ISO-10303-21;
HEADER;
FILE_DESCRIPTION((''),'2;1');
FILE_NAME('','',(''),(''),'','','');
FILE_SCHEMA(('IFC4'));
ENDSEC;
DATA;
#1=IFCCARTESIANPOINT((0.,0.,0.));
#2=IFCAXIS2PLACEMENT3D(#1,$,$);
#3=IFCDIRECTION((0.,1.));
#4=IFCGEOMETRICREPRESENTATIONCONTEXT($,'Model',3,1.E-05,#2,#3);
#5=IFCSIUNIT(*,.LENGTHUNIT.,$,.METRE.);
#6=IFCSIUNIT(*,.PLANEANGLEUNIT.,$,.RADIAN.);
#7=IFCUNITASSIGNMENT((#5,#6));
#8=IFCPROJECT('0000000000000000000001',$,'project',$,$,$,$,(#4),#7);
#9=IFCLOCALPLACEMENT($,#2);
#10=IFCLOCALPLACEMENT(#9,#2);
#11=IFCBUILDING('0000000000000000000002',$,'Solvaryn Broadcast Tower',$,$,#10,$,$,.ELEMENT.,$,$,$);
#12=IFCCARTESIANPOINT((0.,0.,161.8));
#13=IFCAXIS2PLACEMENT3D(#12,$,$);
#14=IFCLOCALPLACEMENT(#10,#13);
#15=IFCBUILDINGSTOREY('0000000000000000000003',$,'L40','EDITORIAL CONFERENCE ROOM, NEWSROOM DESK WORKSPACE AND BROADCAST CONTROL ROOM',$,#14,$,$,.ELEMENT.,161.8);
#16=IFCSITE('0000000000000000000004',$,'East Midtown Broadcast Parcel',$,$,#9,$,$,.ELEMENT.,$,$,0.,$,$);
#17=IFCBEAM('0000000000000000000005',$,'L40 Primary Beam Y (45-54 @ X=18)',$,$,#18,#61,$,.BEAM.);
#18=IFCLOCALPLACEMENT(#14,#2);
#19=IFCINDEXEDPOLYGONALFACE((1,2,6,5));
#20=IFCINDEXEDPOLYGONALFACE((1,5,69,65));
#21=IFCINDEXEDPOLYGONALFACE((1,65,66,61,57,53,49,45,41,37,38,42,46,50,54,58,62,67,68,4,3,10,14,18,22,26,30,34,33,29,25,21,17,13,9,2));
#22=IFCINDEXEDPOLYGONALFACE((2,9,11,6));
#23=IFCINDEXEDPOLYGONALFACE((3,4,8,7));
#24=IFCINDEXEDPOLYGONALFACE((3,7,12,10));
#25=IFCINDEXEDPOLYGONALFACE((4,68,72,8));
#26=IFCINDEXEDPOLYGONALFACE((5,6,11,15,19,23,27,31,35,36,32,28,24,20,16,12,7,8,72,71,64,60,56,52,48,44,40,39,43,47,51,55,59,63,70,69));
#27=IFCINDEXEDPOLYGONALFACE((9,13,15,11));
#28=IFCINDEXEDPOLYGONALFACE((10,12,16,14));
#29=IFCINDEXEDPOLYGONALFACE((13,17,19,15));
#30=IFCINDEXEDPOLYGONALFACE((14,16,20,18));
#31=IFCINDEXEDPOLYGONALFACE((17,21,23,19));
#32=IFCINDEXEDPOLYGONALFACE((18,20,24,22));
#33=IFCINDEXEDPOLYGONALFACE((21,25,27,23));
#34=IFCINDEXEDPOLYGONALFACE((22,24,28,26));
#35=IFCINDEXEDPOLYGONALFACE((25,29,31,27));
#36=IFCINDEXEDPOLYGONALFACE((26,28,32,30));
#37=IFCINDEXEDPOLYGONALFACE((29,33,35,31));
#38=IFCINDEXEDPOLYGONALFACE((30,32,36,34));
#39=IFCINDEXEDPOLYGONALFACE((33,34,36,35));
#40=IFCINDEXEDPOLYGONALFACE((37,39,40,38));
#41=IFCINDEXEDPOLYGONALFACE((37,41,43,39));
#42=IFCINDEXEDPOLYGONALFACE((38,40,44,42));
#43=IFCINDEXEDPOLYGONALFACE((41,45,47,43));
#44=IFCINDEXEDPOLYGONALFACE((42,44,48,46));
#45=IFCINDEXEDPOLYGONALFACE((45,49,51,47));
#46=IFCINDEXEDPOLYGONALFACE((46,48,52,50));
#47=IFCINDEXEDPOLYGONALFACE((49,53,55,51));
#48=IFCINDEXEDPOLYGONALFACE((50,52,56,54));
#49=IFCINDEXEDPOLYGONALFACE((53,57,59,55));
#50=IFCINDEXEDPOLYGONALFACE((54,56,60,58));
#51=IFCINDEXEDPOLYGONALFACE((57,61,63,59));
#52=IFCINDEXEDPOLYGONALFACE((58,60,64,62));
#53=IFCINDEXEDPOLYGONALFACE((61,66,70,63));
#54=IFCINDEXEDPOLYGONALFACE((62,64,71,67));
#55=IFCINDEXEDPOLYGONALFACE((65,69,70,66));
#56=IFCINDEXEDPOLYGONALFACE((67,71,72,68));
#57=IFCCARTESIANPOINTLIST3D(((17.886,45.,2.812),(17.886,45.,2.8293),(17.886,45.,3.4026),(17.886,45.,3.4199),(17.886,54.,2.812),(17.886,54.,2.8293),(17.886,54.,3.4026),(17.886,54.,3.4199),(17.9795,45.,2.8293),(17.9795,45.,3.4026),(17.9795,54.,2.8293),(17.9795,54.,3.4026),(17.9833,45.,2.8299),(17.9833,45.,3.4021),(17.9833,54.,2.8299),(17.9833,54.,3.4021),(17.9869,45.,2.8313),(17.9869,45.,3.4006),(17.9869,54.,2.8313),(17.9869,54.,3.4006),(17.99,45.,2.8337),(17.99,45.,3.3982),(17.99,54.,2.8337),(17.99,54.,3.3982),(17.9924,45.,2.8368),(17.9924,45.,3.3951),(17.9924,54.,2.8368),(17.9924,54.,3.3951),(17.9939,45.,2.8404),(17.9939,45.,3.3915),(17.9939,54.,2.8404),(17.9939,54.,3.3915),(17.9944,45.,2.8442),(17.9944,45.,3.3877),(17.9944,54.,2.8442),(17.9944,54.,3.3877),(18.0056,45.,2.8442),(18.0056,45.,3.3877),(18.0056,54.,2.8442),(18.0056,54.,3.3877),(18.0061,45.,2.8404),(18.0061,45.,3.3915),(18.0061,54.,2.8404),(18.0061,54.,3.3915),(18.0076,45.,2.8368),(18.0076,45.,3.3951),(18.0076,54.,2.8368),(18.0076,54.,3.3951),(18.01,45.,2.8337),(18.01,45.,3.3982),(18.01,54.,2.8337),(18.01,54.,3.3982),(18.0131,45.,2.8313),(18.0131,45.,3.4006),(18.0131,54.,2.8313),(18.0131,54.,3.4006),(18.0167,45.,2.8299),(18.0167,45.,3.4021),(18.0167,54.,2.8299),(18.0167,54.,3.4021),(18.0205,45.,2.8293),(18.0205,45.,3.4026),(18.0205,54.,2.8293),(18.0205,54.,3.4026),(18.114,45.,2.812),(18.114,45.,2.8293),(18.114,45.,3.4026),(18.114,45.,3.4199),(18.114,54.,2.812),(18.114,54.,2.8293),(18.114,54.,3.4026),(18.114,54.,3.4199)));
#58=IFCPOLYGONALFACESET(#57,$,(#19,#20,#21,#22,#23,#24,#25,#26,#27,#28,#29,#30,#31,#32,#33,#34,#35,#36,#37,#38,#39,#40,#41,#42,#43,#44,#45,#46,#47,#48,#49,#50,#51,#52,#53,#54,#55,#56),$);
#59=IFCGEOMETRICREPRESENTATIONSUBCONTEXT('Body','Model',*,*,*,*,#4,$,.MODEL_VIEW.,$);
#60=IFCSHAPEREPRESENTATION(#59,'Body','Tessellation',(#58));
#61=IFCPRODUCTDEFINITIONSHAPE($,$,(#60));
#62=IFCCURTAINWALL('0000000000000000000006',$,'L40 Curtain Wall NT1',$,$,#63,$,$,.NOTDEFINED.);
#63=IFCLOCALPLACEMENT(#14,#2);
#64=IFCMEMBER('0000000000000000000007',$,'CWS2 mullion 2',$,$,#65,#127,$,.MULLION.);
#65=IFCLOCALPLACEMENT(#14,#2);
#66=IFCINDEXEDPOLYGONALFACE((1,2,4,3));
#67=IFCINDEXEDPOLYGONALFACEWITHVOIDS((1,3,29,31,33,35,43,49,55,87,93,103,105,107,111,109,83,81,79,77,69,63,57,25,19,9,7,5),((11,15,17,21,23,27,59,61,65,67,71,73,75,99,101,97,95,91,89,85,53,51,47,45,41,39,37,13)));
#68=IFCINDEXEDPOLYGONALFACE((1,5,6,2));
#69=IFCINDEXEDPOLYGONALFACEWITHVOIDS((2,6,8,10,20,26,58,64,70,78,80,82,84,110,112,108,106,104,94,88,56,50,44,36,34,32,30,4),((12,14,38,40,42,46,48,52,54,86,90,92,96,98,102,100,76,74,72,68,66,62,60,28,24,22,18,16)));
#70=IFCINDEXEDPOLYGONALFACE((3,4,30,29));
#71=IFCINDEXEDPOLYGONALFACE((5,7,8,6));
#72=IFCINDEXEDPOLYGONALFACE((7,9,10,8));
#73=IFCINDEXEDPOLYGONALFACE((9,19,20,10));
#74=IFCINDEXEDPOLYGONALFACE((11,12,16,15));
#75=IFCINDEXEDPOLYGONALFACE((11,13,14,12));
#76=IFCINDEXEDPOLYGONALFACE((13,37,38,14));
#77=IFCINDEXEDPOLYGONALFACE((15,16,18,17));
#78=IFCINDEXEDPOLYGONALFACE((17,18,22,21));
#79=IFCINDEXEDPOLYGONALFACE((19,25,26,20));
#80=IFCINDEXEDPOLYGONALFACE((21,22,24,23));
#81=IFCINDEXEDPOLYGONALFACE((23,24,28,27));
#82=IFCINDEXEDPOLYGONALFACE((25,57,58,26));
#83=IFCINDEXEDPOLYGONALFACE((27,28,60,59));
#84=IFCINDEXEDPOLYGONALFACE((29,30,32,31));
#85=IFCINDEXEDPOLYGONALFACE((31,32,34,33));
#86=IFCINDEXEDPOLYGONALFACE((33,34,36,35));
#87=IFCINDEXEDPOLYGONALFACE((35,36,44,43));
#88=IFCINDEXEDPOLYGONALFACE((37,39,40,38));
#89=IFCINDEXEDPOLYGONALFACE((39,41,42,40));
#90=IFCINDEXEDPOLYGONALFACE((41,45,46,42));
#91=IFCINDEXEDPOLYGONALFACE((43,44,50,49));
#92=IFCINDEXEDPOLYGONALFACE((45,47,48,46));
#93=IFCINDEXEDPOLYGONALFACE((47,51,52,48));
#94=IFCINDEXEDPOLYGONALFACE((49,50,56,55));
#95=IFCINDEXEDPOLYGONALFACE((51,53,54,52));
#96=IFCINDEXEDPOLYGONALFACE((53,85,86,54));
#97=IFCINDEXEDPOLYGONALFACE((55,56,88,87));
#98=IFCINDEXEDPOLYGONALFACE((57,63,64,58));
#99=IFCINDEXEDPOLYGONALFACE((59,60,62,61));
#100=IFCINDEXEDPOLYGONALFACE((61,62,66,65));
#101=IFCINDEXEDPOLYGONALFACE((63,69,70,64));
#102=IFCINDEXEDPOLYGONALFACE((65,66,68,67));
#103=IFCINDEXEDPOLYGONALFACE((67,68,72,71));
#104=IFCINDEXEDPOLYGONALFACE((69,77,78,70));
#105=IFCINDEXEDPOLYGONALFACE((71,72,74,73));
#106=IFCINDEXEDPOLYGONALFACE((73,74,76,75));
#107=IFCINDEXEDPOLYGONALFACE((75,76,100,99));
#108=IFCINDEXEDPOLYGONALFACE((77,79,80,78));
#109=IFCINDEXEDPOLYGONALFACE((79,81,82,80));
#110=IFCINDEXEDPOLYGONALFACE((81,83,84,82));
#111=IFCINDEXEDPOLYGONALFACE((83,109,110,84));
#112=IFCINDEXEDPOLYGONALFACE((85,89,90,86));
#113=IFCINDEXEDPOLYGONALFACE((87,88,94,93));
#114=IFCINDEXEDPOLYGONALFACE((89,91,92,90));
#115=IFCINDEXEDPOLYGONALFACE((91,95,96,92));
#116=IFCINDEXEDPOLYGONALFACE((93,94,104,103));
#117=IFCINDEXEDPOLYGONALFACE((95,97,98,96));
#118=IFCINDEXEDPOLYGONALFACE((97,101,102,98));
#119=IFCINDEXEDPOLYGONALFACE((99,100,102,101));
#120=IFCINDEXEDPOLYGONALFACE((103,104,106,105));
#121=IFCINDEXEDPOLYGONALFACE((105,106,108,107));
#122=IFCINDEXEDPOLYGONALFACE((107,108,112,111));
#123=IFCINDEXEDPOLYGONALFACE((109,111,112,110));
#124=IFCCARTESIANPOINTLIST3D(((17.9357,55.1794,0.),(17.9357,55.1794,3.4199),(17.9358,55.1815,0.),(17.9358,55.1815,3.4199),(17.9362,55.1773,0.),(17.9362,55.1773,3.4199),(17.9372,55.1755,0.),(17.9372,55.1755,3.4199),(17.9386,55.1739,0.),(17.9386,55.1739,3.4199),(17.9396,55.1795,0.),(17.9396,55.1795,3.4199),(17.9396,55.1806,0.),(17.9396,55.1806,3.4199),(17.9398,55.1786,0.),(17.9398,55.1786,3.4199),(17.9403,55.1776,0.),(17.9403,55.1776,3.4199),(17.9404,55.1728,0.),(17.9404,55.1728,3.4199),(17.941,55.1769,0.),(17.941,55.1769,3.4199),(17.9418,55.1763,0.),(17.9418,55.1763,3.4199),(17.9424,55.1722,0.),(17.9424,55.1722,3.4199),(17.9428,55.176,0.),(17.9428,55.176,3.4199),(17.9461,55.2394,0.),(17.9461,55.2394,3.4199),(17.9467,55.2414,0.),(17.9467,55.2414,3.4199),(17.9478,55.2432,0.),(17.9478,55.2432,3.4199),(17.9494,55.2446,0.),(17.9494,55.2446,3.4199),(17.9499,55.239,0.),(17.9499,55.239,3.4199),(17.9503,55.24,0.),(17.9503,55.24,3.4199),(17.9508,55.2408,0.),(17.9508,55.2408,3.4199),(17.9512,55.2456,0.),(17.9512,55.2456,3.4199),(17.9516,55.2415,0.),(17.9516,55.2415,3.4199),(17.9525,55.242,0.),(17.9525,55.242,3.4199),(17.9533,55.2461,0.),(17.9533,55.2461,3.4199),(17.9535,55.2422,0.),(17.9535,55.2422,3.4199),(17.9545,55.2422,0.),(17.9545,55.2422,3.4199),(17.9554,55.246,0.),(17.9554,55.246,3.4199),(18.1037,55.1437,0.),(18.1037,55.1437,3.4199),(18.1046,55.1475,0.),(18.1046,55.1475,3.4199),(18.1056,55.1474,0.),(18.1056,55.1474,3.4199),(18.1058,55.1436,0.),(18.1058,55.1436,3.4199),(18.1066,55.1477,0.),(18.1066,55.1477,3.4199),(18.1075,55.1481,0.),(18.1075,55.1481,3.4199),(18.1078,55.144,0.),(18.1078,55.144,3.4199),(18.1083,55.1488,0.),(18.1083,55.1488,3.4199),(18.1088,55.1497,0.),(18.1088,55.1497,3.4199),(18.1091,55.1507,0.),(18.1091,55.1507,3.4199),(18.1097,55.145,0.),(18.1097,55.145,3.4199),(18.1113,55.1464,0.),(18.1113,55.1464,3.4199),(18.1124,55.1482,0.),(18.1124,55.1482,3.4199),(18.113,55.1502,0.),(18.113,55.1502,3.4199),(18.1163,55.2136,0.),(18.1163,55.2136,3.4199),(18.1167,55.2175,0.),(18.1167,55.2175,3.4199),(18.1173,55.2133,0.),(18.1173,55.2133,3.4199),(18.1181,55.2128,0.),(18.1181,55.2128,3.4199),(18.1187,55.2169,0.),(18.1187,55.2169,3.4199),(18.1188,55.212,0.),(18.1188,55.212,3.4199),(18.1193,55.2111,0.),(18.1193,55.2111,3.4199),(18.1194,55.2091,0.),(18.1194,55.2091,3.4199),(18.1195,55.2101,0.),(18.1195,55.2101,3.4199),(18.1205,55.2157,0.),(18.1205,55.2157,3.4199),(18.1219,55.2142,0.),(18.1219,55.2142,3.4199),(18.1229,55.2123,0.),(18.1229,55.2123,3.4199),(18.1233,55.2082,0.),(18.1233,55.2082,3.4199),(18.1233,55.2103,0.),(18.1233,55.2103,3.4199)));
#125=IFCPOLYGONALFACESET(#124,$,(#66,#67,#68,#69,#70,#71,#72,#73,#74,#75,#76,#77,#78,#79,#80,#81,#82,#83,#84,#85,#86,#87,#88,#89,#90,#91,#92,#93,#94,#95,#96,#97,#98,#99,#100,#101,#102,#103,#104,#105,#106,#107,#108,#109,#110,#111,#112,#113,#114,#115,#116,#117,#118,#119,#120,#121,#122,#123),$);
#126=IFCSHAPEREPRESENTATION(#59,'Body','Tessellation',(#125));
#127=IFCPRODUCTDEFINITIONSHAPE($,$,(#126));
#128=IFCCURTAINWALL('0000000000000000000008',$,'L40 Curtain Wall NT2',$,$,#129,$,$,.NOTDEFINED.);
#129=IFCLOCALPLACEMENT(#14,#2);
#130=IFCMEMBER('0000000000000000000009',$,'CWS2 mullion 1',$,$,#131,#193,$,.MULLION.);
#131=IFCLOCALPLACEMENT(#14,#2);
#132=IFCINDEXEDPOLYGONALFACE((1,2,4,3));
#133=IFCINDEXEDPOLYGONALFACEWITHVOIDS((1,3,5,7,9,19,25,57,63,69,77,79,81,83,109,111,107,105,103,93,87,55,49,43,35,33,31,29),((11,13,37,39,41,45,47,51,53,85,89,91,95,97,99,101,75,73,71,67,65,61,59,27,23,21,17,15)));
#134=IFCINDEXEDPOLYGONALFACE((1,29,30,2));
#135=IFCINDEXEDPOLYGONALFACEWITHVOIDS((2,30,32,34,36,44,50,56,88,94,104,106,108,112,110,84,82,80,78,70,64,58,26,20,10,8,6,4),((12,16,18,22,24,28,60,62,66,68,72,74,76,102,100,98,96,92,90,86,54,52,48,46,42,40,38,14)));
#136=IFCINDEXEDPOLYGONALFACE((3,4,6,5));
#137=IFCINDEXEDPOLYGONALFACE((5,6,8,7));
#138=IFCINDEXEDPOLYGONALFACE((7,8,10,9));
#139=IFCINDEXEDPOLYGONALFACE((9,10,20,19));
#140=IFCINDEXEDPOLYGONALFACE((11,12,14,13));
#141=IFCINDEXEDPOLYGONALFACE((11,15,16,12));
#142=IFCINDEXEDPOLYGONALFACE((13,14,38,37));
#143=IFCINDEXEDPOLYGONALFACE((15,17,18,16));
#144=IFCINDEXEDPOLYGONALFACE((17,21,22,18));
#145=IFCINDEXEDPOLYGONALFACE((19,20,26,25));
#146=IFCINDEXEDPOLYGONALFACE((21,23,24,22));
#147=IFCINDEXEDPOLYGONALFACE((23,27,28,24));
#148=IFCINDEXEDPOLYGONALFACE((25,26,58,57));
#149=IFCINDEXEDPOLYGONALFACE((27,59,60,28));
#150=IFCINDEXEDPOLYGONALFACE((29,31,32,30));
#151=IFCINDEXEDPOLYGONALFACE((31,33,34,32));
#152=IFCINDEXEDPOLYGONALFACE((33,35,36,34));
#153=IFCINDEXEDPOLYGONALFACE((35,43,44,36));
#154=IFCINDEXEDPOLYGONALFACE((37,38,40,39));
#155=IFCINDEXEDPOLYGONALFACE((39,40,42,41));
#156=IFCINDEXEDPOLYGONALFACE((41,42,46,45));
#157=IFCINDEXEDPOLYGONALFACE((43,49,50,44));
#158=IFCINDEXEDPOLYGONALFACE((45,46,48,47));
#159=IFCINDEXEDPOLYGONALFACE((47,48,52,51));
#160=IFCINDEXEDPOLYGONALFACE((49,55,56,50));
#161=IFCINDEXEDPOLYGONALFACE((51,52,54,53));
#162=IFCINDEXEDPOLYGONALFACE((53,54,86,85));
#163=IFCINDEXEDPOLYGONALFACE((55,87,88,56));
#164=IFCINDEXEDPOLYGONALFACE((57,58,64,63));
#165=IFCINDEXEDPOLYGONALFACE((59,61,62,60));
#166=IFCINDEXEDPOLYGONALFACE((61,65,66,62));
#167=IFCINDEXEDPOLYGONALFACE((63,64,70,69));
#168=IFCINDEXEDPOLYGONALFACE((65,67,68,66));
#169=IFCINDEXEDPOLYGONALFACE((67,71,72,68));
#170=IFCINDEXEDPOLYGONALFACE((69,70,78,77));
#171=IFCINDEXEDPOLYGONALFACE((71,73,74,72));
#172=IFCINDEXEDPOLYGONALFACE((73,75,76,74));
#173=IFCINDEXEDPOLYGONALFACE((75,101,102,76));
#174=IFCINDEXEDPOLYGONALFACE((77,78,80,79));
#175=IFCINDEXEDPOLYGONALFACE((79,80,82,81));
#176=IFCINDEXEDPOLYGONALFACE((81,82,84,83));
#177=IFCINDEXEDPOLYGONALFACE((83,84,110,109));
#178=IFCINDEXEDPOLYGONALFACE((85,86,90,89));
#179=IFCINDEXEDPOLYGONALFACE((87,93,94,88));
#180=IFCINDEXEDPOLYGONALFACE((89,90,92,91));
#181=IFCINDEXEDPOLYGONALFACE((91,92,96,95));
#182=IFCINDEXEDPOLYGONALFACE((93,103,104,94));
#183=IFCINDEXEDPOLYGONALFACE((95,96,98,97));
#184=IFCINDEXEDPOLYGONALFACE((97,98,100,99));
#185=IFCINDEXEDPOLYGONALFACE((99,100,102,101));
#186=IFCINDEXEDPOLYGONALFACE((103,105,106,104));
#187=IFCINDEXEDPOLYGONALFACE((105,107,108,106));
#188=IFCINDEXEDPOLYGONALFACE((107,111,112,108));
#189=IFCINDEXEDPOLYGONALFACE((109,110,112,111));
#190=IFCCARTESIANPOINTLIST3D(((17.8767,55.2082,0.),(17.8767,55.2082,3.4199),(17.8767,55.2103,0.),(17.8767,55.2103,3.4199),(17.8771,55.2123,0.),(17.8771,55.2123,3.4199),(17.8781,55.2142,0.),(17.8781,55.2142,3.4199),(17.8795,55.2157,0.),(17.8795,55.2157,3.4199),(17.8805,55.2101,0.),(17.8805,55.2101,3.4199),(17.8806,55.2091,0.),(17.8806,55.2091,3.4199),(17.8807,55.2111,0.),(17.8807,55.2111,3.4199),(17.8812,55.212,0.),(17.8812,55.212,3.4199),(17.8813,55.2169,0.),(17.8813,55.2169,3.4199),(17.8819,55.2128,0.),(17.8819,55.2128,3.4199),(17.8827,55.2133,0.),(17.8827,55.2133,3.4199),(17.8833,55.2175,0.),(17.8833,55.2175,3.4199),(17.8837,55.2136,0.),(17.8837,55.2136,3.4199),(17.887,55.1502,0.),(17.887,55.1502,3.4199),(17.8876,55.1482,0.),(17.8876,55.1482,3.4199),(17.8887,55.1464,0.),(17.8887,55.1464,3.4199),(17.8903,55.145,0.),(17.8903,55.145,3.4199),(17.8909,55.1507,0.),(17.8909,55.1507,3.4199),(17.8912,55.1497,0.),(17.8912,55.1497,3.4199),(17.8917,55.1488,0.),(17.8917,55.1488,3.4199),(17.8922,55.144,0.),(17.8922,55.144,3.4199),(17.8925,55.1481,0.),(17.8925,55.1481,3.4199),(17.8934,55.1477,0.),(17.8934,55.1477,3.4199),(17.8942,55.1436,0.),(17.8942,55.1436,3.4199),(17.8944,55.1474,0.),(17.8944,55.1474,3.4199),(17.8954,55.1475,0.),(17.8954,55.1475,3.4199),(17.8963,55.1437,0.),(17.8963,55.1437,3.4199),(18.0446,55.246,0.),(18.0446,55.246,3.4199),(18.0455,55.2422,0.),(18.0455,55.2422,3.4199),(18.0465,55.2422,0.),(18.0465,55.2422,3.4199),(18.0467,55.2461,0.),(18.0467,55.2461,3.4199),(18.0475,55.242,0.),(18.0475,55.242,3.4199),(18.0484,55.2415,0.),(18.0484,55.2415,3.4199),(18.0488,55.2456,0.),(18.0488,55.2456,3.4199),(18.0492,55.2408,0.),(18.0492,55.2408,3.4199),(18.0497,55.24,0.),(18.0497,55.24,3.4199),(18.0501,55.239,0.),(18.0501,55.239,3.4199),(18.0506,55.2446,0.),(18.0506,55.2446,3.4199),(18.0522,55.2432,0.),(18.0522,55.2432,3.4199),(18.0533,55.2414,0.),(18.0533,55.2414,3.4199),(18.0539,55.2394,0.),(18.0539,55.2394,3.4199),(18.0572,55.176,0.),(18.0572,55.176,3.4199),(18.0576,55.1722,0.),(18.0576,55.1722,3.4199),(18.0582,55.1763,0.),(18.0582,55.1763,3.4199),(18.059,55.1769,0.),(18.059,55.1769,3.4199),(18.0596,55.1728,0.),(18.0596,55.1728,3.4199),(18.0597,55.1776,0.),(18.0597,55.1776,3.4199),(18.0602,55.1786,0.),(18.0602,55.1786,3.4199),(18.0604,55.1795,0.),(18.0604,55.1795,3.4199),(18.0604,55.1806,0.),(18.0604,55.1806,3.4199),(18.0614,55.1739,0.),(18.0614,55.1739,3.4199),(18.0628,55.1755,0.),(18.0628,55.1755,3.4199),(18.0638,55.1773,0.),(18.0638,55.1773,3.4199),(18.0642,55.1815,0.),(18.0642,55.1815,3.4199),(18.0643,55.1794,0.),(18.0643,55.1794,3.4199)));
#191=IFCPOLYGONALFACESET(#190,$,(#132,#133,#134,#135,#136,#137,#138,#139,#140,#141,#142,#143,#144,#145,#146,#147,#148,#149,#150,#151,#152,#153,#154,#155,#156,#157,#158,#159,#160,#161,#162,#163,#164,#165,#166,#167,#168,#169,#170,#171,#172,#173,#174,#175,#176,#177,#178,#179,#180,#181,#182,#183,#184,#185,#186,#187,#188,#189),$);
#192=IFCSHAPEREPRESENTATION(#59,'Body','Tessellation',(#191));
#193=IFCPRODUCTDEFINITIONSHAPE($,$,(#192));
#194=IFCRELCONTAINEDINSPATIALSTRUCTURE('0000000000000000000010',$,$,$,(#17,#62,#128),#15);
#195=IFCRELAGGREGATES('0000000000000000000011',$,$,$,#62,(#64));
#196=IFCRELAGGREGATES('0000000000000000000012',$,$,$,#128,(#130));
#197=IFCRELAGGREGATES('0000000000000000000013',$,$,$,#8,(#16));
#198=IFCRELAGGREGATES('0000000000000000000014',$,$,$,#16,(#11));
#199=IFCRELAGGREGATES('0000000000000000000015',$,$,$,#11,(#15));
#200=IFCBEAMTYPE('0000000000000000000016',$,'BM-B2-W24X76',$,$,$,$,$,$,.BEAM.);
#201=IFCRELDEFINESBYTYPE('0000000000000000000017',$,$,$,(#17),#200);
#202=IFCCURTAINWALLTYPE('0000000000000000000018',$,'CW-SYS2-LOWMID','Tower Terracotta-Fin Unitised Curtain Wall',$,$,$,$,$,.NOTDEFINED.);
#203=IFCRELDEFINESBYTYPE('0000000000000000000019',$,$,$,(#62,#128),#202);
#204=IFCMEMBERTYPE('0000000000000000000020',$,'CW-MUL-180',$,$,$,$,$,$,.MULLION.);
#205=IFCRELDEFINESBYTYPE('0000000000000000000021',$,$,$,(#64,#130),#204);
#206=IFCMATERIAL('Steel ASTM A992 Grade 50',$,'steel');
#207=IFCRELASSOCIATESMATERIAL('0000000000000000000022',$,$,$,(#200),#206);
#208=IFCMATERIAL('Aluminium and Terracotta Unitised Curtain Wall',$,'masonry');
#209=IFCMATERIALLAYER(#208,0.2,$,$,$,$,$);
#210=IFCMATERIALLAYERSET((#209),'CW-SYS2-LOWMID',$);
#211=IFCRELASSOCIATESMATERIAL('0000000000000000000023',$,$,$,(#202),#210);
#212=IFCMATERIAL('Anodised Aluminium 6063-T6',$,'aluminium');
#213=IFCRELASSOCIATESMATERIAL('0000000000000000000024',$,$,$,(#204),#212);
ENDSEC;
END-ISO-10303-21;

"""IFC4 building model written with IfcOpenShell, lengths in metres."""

from ifc_helpers import new_model, si_unit, direction, frame, origin, origin_2d, place, context, subcontext, project, spatial, hollow_rectangle, i_section, extrude, material, layer, layer_set, material_profile, profile_set, type_object, element, aggregate, save


model = new_model("IFC4")

# Units and contexts
model_context = context("Model", 3, precision=1e-05, world=origin(), true_north=direction((0.0, 1.0)))
body_context = subcontext(model_context, "Body", "Model", "MODEL_VIEW")
ifc_project = project(units=[si_unit("LENGTHUNIT", "METRE"), si_unit("PLANEANGLEUNIT", "RADIAN")], contexts=[model_context])

# Site, building, storey
site_placement = place(None, origin())
site = spatial("IfcSite", under=ifc_project, at=site_placement, Name="East Midtown Broadcast Parcel", CompositionType="ELEMENT", RefElevation=0.0)
building_placement = place(site_placement, origin())
building = spatial("IfcBuilding", under=site, at=building_placement, Name="Solvaryn Broadcast Tower", CompositionType="ELEMENT")
storey_placement = place(building_placement, frame((0.0, 0.0, 161.8)))
storey = spatial("IfcBuildingStorey", under=building, at=storey_placement, Name="L40", Description="EDITORIAL CONFERENCE ROOM, NEWSROOM DESK WORKSPACE AND BROADCAST CONTROL ROOM", CompositionType="ELEMENT", Elevation=161.8)

# Beam
ifc_material_1 = material(Name="Steel ASTM A992 Grade 50", Category="steel")
ifc_material_profile_1 = material_profile(ifc_material_1, i_section(OverallWidth=0.228, OverallDepth=0.6079, WebThickness=0.0112, FlangeThickness=0.0173, FilletRadius=0.0149, at=origin_2d()))
ifc_profile_set_1 = profile_set([ifc_material_profile_1], Name="Steel ASTM A992 Grade 50")
beam_type_1 = type_object("IfcBeamType", Name="BM-B2-W24X76", PredefinedType="BEAM", material=ifc_profile_set_1)
beam_1_placement = place(storey_placement, frame((18.0, 45.0, 3.116), z_axis=(0.0, 1.0, 0.0), x_axis=(-1.0, 0.0, 0.0)))
element("IfcBeam", 1, at=beam_1_placement, inside=storey, type_object=beam_type_1, Name="L40 Primary Beam Y (45-54 @ X=18)", PredefinedType="BEAM", context=body_context, shape_type="SweptSolid", body=[
    extrude(i_section(OverallWidth=0.228, OverallDepth=0.6079, WebThickness=0.0112, FlangeThickness=0.0173, FilletRadius=0.0149, at=origin_2d()), origin(), (0.0, 0.0, 1.0), 9.0),
])

# Curtain wall, member
ifc_material_2 = material(Name="Aluminium and Terracotta Unitised Curtain Wall", Category="masonry")
ifc_layer_1 = layer(ifc_material_2, 0.2)
ifc_layer_set_1 = layer_set([ifc_layer_1], Name="CW-SYS2-LOWMID")
curtain_wall_type = type_object("IfcCurtainWallType", Name="CW-SYS2-LOWMID", Description="Tower Terracotta-Fin Unitised Curtain Wall", PredefinedType="NOTDEFINED", material=ifc_layer_set_1)
curtain_wall_1_placement = place(storey_placement, origin())
curtain_wall_1 = element("IfcCurtainWall", 2, at=curtain_wall_1_placement, inside=storey, type_object=curtain_wall_type, Name="L40 Curtain Wall NT1", PredefinedType="NOTDEFINED")
ifc_material_3 = material(Name="Anodised Aluminium 6063-T6", Category="aluminium")
ifc_material_profile_2 = material_profile(ifc_material_3, hollow_rectangle(XDim=0.075, YDim=0.1799, WallThickness=0.0039, InnerFilletRadius=0.0039, OuterFilletRadius=0.0081, at=origin_2d()))
ifc_profile_set_2 = profile_set([ifc_material_profile_2], Name="Anodised Aluminium 6063-T6")
member_type_1 = type_object("IfcMemberType", Name="CW-MUL-180", PredefinedType="MULLION", material=ifc_profile_set_2)
member_1_placement = place(storey_placement, frame((18.0295, 55.1948, 0.0), z_axis=(0.0, 0.0, 1.0), x_axis=(-0.173785, -0.984784, 0.0)))
member_1 = element("IfcMember", 3, at=member_1_placement, type_object=member_type_1, Name="CWS2 mullion 2", PredefinedType="MULLION", context=body_context, shape_type="SweptSolid", body=[
    extrude(hollow_rectangle(XDim=0.075, YDim=0.1799, WallThickness=0.0039, InnerFilletRadius=0.0039, OuterFilletRadius=0.0081, at=origin_2d()), origin(), (0.0, 0.0, 1.0), 3.4199),
])

# Curtain wall, member
curtain_wall_2_placement = place(storey_placement, origin())
curtain_wall_2 = element("IfcCurtainWall", 4, at=curtain_wall_2_placement, inside=storey, type_object=curtain_wall_type, Name="L40 Curtain Wall NT2", PredefinedType="NOTDEFINED")
member_2_placement = place(storey_placement, frame((17.9705, 55.1948, 0.0), z_axis=(0.0, 0.0, 1.0), x_axis=(0.173785, -0.984784, 0.0)))
member_2 = element("IfcMember", 5, at=member_2_placement, type_object=member_type_1, Name="CWS2 mullion 1", PredefinedType="MULLION", context=body_context, shape_type="SweptSolid", body=[
    extrude(hollow_rectangle(XDim=0.075, YDim=0.1799, WallThickness=0.0039, InnerFilletRadius=0.0039, OuterFilletRadius=0.0081, at=origin_2d()), origin(), (0.0, 0.0, 1.0), 3.4199),
])

aggregate(curtain_wall_1, [member_1])
aggregate(curtain_wall_2, [member_2])

save(model, "model.ifc")
